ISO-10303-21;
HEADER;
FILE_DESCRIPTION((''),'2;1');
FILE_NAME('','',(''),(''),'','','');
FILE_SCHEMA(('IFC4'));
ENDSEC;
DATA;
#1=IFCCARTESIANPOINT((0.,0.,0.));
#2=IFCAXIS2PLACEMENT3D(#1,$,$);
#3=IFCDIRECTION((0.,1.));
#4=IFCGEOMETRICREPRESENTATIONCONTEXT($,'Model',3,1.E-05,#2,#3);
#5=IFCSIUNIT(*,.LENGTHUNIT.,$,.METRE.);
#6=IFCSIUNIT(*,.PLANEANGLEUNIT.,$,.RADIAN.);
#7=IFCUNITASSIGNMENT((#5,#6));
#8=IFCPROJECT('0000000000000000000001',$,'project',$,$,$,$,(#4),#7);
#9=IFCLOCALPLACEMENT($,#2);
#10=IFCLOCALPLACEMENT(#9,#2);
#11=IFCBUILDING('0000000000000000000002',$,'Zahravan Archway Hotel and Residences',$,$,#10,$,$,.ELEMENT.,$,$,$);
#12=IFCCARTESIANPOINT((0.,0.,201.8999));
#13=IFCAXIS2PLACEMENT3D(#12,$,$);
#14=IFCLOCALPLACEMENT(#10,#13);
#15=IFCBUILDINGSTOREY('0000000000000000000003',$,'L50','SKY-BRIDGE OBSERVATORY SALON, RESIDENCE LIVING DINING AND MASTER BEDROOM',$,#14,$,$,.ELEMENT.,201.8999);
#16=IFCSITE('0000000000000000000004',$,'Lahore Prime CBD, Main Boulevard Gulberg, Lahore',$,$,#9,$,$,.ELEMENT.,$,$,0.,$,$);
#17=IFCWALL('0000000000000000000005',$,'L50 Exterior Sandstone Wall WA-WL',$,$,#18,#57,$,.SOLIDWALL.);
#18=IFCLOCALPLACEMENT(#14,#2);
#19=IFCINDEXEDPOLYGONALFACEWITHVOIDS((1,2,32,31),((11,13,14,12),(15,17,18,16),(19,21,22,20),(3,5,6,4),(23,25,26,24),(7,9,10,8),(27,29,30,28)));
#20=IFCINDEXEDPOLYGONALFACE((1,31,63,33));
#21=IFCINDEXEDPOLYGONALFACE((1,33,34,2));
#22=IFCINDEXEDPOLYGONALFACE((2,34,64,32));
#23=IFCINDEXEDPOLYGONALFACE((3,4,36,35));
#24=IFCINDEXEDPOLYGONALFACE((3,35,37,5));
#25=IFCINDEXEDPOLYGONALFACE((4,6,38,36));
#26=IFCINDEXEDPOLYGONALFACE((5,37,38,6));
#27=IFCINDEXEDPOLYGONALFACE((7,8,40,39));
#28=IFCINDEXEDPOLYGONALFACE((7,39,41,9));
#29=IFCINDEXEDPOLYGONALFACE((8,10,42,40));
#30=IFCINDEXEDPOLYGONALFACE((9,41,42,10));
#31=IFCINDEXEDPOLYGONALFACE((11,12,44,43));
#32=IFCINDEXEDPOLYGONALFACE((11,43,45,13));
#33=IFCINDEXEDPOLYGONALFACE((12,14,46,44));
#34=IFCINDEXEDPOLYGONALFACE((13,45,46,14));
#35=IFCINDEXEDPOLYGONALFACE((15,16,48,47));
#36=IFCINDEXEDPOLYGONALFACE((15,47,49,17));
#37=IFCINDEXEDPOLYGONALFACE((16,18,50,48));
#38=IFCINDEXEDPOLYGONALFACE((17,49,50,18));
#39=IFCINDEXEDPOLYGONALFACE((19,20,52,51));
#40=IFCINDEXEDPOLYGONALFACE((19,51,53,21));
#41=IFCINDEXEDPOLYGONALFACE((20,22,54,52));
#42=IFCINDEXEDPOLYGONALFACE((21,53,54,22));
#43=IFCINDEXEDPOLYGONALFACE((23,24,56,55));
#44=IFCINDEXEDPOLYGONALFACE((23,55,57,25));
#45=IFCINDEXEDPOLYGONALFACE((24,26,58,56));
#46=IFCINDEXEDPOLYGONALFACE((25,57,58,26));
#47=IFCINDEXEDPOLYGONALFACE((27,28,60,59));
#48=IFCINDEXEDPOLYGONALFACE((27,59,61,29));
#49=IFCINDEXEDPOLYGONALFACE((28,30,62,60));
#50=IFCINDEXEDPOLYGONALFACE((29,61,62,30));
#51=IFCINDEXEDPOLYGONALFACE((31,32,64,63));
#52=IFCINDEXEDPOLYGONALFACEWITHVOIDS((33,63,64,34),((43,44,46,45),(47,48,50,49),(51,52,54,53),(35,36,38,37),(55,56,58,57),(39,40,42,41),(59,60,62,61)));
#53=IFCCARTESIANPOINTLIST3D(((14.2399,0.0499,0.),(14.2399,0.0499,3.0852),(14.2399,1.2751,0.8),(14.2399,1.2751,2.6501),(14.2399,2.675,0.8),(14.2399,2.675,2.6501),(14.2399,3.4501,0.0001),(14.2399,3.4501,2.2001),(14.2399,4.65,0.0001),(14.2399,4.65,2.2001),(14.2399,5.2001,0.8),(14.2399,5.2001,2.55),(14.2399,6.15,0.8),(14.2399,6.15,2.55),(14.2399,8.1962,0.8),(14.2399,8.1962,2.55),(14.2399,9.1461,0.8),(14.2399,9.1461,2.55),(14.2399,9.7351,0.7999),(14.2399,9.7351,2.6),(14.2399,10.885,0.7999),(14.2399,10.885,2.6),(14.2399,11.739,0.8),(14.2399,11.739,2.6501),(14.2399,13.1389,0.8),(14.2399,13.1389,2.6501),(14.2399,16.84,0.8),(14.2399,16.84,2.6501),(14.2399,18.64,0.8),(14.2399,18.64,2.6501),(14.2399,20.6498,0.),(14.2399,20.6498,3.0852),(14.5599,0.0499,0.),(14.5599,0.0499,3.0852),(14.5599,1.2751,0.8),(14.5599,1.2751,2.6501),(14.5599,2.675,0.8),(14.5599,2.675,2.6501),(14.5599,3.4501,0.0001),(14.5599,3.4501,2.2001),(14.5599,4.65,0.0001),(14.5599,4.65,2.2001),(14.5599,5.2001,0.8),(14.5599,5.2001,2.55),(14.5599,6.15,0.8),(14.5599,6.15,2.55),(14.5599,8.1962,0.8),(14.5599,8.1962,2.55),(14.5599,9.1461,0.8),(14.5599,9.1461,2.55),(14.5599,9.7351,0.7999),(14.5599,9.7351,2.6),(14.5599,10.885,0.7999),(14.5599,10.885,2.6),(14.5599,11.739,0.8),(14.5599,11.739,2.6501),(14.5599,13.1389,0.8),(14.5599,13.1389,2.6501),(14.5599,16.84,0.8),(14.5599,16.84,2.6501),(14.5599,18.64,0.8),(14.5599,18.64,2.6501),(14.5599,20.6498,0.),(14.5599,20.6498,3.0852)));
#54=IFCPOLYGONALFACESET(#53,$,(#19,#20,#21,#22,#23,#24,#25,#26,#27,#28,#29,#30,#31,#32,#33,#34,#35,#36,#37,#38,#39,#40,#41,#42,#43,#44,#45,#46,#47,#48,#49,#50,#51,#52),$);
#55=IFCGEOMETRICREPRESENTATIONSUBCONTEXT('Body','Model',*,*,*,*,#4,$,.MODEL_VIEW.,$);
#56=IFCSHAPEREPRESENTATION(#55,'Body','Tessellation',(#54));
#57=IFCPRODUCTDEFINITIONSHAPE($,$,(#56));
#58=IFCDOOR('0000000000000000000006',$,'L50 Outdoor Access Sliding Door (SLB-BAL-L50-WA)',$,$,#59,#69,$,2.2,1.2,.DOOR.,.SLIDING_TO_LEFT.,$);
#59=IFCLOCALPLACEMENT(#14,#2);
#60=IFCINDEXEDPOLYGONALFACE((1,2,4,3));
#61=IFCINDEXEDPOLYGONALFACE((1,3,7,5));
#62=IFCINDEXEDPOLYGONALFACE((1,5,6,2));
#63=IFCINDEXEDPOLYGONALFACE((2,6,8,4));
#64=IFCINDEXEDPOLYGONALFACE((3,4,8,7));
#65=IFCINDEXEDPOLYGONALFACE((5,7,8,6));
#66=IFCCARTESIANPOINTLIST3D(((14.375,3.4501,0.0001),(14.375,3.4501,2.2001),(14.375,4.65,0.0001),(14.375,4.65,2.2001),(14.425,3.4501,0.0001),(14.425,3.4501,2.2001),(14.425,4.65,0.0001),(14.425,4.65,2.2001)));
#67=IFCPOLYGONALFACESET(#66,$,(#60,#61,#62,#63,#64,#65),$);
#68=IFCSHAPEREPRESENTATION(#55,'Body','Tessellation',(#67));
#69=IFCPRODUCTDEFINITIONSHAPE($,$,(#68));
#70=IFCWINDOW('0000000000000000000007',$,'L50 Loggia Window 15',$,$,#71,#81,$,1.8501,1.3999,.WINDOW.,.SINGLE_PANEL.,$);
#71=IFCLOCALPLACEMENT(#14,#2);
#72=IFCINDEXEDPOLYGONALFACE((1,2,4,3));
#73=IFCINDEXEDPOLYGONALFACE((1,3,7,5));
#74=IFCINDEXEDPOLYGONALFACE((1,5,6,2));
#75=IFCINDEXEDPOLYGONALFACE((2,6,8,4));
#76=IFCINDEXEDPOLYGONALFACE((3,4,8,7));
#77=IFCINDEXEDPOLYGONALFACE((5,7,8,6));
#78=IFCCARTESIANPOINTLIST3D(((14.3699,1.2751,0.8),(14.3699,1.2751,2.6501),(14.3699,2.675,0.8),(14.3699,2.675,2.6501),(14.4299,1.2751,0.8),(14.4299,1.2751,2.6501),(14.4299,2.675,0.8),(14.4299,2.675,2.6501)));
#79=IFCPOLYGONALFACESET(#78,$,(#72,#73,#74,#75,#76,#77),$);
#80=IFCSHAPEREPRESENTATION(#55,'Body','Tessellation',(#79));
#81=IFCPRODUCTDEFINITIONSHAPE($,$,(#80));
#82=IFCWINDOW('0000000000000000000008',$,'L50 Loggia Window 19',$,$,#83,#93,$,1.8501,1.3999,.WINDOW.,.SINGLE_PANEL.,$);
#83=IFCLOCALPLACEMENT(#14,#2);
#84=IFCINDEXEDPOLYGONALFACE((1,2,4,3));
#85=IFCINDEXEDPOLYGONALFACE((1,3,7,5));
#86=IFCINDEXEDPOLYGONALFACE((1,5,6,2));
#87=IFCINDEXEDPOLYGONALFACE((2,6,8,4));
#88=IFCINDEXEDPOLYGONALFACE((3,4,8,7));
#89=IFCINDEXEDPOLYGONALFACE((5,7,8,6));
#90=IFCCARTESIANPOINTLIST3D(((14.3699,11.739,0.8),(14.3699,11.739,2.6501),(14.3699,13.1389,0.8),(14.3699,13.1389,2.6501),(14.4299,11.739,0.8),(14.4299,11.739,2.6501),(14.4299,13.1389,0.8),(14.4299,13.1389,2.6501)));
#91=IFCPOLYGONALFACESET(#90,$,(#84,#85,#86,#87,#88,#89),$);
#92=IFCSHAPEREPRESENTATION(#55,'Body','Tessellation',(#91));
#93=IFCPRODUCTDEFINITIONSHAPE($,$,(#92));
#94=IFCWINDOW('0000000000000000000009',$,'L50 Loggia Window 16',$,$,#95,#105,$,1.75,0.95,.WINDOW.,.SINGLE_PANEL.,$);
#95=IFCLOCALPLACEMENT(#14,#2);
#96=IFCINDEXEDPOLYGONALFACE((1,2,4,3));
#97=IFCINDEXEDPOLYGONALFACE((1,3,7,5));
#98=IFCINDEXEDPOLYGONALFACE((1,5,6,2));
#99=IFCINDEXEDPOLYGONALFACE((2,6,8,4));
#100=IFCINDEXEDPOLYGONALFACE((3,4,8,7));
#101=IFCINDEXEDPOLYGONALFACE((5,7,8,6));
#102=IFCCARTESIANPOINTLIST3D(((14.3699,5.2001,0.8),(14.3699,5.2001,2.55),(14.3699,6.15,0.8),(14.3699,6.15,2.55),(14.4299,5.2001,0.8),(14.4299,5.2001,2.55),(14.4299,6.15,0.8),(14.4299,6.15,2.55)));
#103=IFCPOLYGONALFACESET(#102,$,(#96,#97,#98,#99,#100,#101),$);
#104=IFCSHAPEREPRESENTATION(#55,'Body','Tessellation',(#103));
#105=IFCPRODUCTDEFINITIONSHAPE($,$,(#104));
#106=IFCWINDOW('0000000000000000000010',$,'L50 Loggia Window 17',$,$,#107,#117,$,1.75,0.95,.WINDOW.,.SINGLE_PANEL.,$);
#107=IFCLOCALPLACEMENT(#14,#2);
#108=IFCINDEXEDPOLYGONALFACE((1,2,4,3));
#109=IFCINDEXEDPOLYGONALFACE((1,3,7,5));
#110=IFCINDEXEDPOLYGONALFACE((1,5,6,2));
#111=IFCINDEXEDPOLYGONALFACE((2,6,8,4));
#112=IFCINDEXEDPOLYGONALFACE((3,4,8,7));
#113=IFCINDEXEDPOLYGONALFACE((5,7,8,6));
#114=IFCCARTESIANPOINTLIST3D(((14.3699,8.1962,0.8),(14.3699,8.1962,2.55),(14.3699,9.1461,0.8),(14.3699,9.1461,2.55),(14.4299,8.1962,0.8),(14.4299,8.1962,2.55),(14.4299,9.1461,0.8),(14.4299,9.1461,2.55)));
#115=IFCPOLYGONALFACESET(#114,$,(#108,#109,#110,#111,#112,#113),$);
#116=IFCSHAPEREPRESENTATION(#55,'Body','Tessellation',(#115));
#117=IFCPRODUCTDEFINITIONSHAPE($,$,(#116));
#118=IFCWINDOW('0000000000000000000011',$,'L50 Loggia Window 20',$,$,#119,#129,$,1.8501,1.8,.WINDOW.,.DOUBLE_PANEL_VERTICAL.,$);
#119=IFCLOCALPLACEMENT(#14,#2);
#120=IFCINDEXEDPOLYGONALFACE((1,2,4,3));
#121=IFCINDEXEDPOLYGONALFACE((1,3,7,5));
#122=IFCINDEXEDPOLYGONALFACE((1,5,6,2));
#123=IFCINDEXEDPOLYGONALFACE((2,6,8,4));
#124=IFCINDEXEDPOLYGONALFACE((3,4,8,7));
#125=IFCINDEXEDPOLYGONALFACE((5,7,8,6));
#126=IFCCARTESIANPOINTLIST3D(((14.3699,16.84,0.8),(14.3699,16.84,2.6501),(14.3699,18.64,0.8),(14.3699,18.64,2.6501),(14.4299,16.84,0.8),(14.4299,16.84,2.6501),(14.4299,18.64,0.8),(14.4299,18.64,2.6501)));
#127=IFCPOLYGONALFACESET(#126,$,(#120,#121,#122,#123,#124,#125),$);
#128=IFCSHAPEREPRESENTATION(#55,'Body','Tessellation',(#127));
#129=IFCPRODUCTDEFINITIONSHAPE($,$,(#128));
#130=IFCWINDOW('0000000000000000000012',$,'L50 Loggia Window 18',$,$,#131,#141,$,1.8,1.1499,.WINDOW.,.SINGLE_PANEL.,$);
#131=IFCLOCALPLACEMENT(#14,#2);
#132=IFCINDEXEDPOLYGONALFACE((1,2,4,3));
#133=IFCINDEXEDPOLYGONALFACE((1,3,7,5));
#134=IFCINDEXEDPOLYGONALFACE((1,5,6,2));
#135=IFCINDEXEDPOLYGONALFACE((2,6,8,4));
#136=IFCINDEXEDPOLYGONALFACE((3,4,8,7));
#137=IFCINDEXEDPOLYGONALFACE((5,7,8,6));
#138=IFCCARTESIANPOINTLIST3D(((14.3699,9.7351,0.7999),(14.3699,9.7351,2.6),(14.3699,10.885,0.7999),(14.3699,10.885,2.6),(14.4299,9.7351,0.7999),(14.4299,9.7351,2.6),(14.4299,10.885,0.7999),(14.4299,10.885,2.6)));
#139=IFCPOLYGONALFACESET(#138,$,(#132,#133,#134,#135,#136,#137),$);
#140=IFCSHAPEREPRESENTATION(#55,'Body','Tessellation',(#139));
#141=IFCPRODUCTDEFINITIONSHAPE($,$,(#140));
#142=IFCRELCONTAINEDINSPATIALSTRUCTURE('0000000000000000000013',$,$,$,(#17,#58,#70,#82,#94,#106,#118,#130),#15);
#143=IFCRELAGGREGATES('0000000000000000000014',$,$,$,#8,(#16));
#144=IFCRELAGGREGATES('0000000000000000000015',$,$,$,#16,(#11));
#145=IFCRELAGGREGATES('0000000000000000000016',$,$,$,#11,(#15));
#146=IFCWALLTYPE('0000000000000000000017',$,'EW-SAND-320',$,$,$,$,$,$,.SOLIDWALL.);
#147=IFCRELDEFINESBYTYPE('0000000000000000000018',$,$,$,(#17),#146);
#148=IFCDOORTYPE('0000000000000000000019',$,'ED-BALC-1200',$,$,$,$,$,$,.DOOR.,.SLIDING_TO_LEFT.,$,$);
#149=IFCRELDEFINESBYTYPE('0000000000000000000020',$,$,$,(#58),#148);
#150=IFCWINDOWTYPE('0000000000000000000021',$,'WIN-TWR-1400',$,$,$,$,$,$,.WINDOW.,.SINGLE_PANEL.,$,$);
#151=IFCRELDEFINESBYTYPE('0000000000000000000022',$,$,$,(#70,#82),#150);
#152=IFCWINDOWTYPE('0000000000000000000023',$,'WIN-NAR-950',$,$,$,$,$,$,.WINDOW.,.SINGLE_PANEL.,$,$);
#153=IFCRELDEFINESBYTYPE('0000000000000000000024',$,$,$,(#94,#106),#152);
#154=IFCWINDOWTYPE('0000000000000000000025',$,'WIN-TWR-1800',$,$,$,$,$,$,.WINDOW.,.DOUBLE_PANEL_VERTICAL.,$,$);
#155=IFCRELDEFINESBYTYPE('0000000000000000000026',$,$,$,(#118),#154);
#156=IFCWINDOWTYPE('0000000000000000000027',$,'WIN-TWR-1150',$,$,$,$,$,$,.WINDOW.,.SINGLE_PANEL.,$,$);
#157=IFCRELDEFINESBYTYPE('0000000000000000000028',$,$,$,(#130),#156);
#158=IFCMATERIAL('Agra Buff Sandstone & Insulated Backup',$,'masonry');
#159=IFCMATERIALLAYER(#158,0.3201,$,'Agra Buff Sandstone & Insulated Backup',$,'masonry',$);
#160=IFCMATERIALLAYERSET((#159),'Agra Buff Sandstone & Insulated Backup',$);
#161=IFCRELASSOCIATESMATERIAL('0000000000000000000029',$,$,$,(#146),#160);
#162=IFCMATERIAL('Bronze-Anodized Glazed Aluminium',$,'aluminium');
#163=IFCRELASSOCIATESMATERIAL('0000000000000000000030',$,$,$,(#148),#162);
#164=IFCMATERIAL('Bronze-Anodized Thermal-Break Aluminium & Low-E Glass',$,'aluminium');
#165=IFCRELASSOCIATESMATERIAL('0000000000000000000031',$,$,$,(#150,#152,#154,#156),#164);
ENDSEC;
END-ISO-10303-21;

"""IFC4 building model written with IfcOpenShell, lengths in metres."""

from ifc_helpers import new_model, si_unit, direction, frame, frame_2d, origin, place, context, subcontext, project, spatial, rectangle, extrude, source, transform, mapped, material, layer, layer_set, type_object, type_shapes, element, fill, save


model = new_model("IFC4")

# Units and contexts
model_context = context("Model", 3, precision=1e-05, world=origin(), true_north=direction((0.0, 1.0)))
body_context = subcontext(model_context, "Body", "Model", "MODEL_VIEW")
ifc_project = project(units=[si_unit("LENGTHUNIT", "METRE"), si_unit("PLANEANGLEUNIT", "RADIAN")], contexts=[model_context])

# Site, building, storey
site_placement = place(None, origin())
site = spatial("IfcSite", under=ifc_project, at=site_placement, Name="Lahore Prime CBD, Main Boulevard Gulberg, Lahore", CompositionType="ELEMENT", RefElevation=0.0)
building_placement = place(site_placement, origin())
building = spatial("IfcBuilding", under=site, at=building_placement, Name="Zahravan Archway Hotel and Residences", CompositionType="ELEMENT")
storey_placement = place(building_placement, frame((0.0, 0.0, 201.8999)))
storey = spatial("IfcBuildingStorey", under=building, at=storey_placement, Name="L50", Description="SKY-BRIDGE OBSERVATORY SALON, RESIDENCE LIVING DINING AND MASTER BEDROOM", CompositionType="ELEMENT", Elevation=201.8999)

# Wall, openings, door, windows
ifc_material_1 = material(Name="Agra Buff Sandstone & Insulated Backup", Category="masonry")
ifc_layer = layer(ifc_material_1, 0.3201, Name="Agra Buff Sandstone & Insulated Backup", Category="masonry")
ifc_layer_set = layer_set([ifc_layer], Name="Agra Buff Sandstone & Insulated Backup")
wall_type = type_object("IfcWallType", Name="EW-SAND-320", PredefinedType="SOLIDWALL", material=ifc_layer_set)
ifc_material_2 = material(Name="Bronze-Anodized Glazed Aluminium", Category="aluminium")
door_type = type_object("IfcDoorType", Name="ED-BALC-1200", OperationType="SLIDING_TO_LEFT", PredefinedType="DOOR", material=ifc_material_2)
shared_shape_1 = source(origin(), body_context, "Body", "SweptSolid", [
    extrude(rectangle(XDim=1.2, YDim=2.2, at=frame_2d((0.6001, 1.1001))), frame((0.0, 0.0249, 0.0), z_axis=(0.0, -1.0, 0.0), x_axis=(1.0, 0.0, 0.0)), (0.0, 0.0, 1.0), 0.05),
])
type_shapes(door_type, [shared_shape_1])
ifc_material_3 = material(Name="Bronze-Anodized Thermal-Break Aluminium & Low-E Glass", Category="aluminium")
window_type_1 = type_object("IfcWindowType", Name="WIN-TWR-1400", PartitioningType="SINGLE_PANEL", PredefinedType="WINDOW", material=ifc_material_3)
shared_shape_2 = source(origin(), body_context, "Body", "SweptSolid", [
    extrude(rectangle(XDim=1.3999, YDim=1.8501, at=frame_2d((0.7, 0.925))), frame((0.0, 0.03, 0.0), z_axis=(0.0, -1.0, 0.0), x_axis=(1.0, 0.0, 0.0)), (0.0, 0.0, 1.0), 0.0601),
])
type_shapes(window_type_1, [shared_shape_2])
window_type_2 = type_object("IfcWindowType", Name="WIN-NAR-950", PartitioningType="SINGLE_PANEL", PredefinedType="WINDOW", material=ifc_material_3)
shared_shape_3 = source(origin(), body_context, "Body", "SweptSolid", [
    extrude(rectangle(XDim=0.95, YDim=1.75, at=frame_2d((0.4751, 0.875))), frame((0.0, 0.03, 0.0), z_axis=(0.0, -1.0, 0.0), x_axis=(1.0, 0.0, 0.0)), (0.0, 0.0, 1.0), 0.0601),
])
type_shapes(window_type_2, [shared_shape_3])
window_type_3 = type_object("IfcWindowType", Name="WIN-TWR-1800", PartitioningType="DOUBLE_PANEL_VERTICAL", PredefinedType="WINDOW", material=ifc_material_3)
shared_shape_4 = source(origin(), body_context, "Body", "SweptSolid", [
    extrude(rectangle(XDim=1.8, YDim=1.8501, at=frame_2d((0.8999, 0.925))), frame((0.0, 0.03, 0.0), z_axis=(0.0, -1.0, 0.0), x_axis=(1.0, 0.0, 0.0)), (0.0, 0.0, 1.0), 0.0601),
])
type_shapes(window_type_3, [shared_shape_4])
wall_1_placement = place(storey_placement, frame((14.3999, 0.05, 0.0), z_axis=(0.0, 0.0, 1.0), x_axis=(0.0, 1.0, 0.0)))
wall_1 = element("IfcWall", 1, at=wall_1_placement, inside=storey, type_object=wall_type, Name="L50 Exterior Sandstone Wall WA-WL", PredefinedType="SOLIDWALL", context=body_context, shape_type="SweptSolid", body=[
    extrude(rectangle(XDim=20.5999, YDim=0.3201, at=frame_2d((10.2998, 0.0))), origin(), (0.0, 0.0, 1.0), 3.0852),
])
opening_1_placement = place(wall_1_placement, frame((3.3999, 0.0, 0.0)))
opening_1 = element("IfcOpeningElement", 2, at=opening_1_placement, cuts=wall_1, PredefinedType="OPENING", context=body_context, shape_type="SweptSolid", body=[
    extrude(rectangle(XDim=1.2, YDim=2.2, at=frame_2d((0.6001, 1.1001))), frame((0.0, 0.1699, 0.0), z_axis=(0.0, -1.0, 0.0), x_axis=(1.0, 0.0, 0.0)), (0.0, 0.0, 1.0), 0.3401),
])
opening_2_placement = place(wall_1_placement, frame((1.2251, 0.0, 0.8)))
opening_2 = element("IfcOpeningElement", 3, at=opening_2_placement, cuts=wall_1, PredefinedType="OPENING", context=body_context, shape_type="SweptSolid", body=[
    extrude(rectangle(XDim=1.3999, YDim=1.8501, at=frame_2d((0.7, 0.925))), frame((0.0, 0.1699, 0.0), z_axis=(0.0, -1.0, 0.0), x_axis=(1.0, 0.0, 0.0)), (0.0, 0.0, 1.0), 0.3401),
])
opening_3_placement = place(wall_1_placement, frame((5.1499, 0.0, 0.8)))
opening_3 = element("IfcOpeningElement", 4, at=opening_3_placement, cuts=wall_1, PredefinedType="OPENING", context=body_context, shape_type="SweptSolid", body=[
    extrude(rectangle(XDim=0.95, YDim=1.75, at=frame_2d((0.4751, 0.875))), frame((0.0, 0.1699, 0.0), z_axis=(0.0, -1.0, 0.0), x_axis=(1.0, 0.0, 0.0)), (0.0, 0.0, 1.0), 0.3401),
])
opening_4_placement = place(wall_1_placement, frame((8.146, 0.0, 0.8)))
opening_4 = element("IfcOpeningElement", 5, at=opening_4_placement, cuts=wall_1, PredefinedType="OPENING", context=body_context, shape_type="SweptSolid", body=[
    extrude(rectangle(XDim=0.95, YDim=1.75, at=frame_2d((0.4751, 0.875))), frame((0.0, 0.1699, 0.0), z_axis=(0.0, -1.0, 0.0), x_axis=(1.0, 0.0, 0.0)), (0.0, 0.0, 1.0), 0.3401),
])
opening_5_placement = place(wall_1_placement, frame((9.6851, 0.0, 0.8)))
opening_5 = element("IfcOpeningElement", 6, at=opening_5_placement, cuts=wall_1, PredefinedType="OPENING", context=body_context, shape_type="SweptSolid", body=[
    extrude(rectangle(XDim=1.1499, YDim=1.8, at=frame_2d((0.575, 0.8999))), frame((0.0, 0.1699, 0.0), z_axis=(0.0, -1.0, 0.0), x_axis=(1.0, 0.0, 0.0)), (0.0, 0.0, 1.0), 0.3401),
])
opening_6_placement = place(wall_1_placement, frame((11.689, 0.0, 0.8)))
opening_6 = element("IfcOpeningElement", 7, at=opening_6_placement, cuts=wall_1, PredefinedType="OPENING", context=body_context, shape_type="SweptSolid", body=[
    extrude(rectangle(XDim=1.3999, YDim=1.8501, at=frame_2d((0.7, 0.925))), frame((0.0, 0.1699, 0.0), z_axis=(0.0, -1.0, 0.0), x_axis=(1.0, 0.0, 0.0)), (0.0, 0.0, 1.0), 0.3401),
])
opening_7_placement = place(wall_1_placement, frame((16.79, 0.0, 0.8)))
opening_7 = element("IfcOpeningElement", 8, at=opening_7_placement, cuts=wall_1, PredefinedType="OPENING", context=body_context, shape_type="SweptSolid", body=[
    extrude(rectangle(XDim=1.8, YDim=1.8501, at=frame_2d((0.8999, 0.925))), frame((0.0, 0.1699, 0.0), z_axis=(0.0, -1.0, 0.0), x_axis=(1.0, 0.0, 0.0)), (0.0, 0.0, 1.0), 0.3401),
])
door_1_placement = place(opening_1_placement, origin())
door_1 = element("IfcDoor", 9, at=door_1_placement, inside=storey, type_object=door_type, Name="L50 Outdoor Access Sliding Door (SLB-BAL-L50-WA)", OperationType="SLIDING_TO_LEFT", OverallHeight=2.2, OverallWidth=1.2, PredefinedType="DOOR", context=body_context, shape_type="MappedRepresentation", body=[
    mapped(shared_shape_1, transform((0.0, 0.0, 0.0), scale=1.0)),
])
fill(opening_1, door_1)
window_1_placement = place(opening_2_placement, origin())
window_1 = element("IfcWindow", 10, at=window_1_placement, inside=storey, type_object=window_type_1, Name="L50 Loggia Window 15", OverallHeight=1.8501, OverallWidth=1.3999, PartitioningType="SINGLE_PANEL", PredefinedType="WINDOW", context=body_context, shape_type="MappedRepresentation", body=[
    mapped(shared_shape_2, transform((0.0, 0.0, 0.0), scale=1.0)),
])
fill(opening_2, window_1)
window_2_placement = place(opening_6_placement, origin())
window_2 = element("IfcWindow", 11, at=window_2_placement, inside=storey, type_object=window_type_1, Name="L50 Loggia Window 19", OverallHeight=1.8501, OverallWidth=1.3999, PartitioningType="SINGLE_PANEL", PredefinedType="WINDOW", context=body_context, shape_type="MappedRepresentation", body=[
    mapped(shared_shape_2, transform((0.0, 0.0, 0.0), scale=1.0)),
])
fill(opening_6, window_2)
window_3_placement = place(opening_3_placement, origin())
window_3 = element("IfcWindow", 12, at=window_3_placement, inside=storey, type_object=window_type_2, Name="L50 Loggia Window 16", OverallHeight=1.75, OverallWidth=0.95, PartitioningType="SINGLE_PANEL", PredefinedType="WINDOW", context=body_context, shape_type="MappedRepresentation", body=[
    mapped(shared_shape_3, transform((0.0, 0.0, 0.0), scale=1.0)),
])
fill(opening_3, window_3)
window_4_placement = place(opening_4_placement, origin())
window_4 = element("IfcWindow", 13, at=window_4_placement, inside=storey, type_object=window_type_2, Name="L50 Loggia Window 17", OverallHeight=1.75, OverallWidth=0.95, PartitioningType="SINGLE_PANEL", PredefinedType="WINDOW", context=body_context, shape_type="MappedRepresentation", body=[
    mapped(shared_shape_3, transform((0.0, 0.0, 0.0), scale=1.0)),
])
fill(opening_4, window_4)
window_5_placement = place(opening_7_placement, origin())
window_5 = element("IfcWindow", 14, at=window_5_placement, inside=storey, type_object=window_type_3, Name="L50 Loggia Window 20", OverallHeight=1.8501, OverallWidth=1.8, PartitioningType="DOUBLE_PANEL_VERTICAL", PredefinedType="WINDOW", context=body_context, shape_type="MappedRepresentation", body=[
    mapped(shared_shape_4, transform((0.0, 0.0, 0.0), scale=1.0)),
])
fill(opening_7, window_5)
window_type_4 = type_object("IfcWindowType", Name="WIN-TWR-1150", PartitioningType="SINGLE_PANEL", PredefinedType="WINDOW", material=ifc_material_3)
shared_shape_5 = source(origin(), body_context, "Body", "SweptSolid", [
    extrude(rectangle(XDim=1.1499, YDim=1.8, at=frame_2d((0.575, 0.8999))), frame((0.0, 0.03, 0.0), z_axis=(0.0, -1.0, 0.0), x_axis=(1.0, 0.0, 0.0)), (0.0, 0.0, 1.0), 0.0601),
])
type_shapes(window_type_4, [shared_shape_5])
window_6_placement = place(opening_5_placement, origin())
window_6 = element("IfcWindow", 15, at=window_6_placement, inside=storey, type_object=window_type_4, Name="L50 Loggia Window 18", OverallHeight=1.8, OverallWidth=1.1499, PartitioningType="SINGLE_PANEL", PredefinedType="WINDOW", context=body_context, shape_type="MappedRepresentation", body=[
    mapped(shared_shape_5, transform((0.0, 0.0, 0.0), scale=1.0)),
])
fill(opening_5, window_6)

save(model, "model.ifc")
